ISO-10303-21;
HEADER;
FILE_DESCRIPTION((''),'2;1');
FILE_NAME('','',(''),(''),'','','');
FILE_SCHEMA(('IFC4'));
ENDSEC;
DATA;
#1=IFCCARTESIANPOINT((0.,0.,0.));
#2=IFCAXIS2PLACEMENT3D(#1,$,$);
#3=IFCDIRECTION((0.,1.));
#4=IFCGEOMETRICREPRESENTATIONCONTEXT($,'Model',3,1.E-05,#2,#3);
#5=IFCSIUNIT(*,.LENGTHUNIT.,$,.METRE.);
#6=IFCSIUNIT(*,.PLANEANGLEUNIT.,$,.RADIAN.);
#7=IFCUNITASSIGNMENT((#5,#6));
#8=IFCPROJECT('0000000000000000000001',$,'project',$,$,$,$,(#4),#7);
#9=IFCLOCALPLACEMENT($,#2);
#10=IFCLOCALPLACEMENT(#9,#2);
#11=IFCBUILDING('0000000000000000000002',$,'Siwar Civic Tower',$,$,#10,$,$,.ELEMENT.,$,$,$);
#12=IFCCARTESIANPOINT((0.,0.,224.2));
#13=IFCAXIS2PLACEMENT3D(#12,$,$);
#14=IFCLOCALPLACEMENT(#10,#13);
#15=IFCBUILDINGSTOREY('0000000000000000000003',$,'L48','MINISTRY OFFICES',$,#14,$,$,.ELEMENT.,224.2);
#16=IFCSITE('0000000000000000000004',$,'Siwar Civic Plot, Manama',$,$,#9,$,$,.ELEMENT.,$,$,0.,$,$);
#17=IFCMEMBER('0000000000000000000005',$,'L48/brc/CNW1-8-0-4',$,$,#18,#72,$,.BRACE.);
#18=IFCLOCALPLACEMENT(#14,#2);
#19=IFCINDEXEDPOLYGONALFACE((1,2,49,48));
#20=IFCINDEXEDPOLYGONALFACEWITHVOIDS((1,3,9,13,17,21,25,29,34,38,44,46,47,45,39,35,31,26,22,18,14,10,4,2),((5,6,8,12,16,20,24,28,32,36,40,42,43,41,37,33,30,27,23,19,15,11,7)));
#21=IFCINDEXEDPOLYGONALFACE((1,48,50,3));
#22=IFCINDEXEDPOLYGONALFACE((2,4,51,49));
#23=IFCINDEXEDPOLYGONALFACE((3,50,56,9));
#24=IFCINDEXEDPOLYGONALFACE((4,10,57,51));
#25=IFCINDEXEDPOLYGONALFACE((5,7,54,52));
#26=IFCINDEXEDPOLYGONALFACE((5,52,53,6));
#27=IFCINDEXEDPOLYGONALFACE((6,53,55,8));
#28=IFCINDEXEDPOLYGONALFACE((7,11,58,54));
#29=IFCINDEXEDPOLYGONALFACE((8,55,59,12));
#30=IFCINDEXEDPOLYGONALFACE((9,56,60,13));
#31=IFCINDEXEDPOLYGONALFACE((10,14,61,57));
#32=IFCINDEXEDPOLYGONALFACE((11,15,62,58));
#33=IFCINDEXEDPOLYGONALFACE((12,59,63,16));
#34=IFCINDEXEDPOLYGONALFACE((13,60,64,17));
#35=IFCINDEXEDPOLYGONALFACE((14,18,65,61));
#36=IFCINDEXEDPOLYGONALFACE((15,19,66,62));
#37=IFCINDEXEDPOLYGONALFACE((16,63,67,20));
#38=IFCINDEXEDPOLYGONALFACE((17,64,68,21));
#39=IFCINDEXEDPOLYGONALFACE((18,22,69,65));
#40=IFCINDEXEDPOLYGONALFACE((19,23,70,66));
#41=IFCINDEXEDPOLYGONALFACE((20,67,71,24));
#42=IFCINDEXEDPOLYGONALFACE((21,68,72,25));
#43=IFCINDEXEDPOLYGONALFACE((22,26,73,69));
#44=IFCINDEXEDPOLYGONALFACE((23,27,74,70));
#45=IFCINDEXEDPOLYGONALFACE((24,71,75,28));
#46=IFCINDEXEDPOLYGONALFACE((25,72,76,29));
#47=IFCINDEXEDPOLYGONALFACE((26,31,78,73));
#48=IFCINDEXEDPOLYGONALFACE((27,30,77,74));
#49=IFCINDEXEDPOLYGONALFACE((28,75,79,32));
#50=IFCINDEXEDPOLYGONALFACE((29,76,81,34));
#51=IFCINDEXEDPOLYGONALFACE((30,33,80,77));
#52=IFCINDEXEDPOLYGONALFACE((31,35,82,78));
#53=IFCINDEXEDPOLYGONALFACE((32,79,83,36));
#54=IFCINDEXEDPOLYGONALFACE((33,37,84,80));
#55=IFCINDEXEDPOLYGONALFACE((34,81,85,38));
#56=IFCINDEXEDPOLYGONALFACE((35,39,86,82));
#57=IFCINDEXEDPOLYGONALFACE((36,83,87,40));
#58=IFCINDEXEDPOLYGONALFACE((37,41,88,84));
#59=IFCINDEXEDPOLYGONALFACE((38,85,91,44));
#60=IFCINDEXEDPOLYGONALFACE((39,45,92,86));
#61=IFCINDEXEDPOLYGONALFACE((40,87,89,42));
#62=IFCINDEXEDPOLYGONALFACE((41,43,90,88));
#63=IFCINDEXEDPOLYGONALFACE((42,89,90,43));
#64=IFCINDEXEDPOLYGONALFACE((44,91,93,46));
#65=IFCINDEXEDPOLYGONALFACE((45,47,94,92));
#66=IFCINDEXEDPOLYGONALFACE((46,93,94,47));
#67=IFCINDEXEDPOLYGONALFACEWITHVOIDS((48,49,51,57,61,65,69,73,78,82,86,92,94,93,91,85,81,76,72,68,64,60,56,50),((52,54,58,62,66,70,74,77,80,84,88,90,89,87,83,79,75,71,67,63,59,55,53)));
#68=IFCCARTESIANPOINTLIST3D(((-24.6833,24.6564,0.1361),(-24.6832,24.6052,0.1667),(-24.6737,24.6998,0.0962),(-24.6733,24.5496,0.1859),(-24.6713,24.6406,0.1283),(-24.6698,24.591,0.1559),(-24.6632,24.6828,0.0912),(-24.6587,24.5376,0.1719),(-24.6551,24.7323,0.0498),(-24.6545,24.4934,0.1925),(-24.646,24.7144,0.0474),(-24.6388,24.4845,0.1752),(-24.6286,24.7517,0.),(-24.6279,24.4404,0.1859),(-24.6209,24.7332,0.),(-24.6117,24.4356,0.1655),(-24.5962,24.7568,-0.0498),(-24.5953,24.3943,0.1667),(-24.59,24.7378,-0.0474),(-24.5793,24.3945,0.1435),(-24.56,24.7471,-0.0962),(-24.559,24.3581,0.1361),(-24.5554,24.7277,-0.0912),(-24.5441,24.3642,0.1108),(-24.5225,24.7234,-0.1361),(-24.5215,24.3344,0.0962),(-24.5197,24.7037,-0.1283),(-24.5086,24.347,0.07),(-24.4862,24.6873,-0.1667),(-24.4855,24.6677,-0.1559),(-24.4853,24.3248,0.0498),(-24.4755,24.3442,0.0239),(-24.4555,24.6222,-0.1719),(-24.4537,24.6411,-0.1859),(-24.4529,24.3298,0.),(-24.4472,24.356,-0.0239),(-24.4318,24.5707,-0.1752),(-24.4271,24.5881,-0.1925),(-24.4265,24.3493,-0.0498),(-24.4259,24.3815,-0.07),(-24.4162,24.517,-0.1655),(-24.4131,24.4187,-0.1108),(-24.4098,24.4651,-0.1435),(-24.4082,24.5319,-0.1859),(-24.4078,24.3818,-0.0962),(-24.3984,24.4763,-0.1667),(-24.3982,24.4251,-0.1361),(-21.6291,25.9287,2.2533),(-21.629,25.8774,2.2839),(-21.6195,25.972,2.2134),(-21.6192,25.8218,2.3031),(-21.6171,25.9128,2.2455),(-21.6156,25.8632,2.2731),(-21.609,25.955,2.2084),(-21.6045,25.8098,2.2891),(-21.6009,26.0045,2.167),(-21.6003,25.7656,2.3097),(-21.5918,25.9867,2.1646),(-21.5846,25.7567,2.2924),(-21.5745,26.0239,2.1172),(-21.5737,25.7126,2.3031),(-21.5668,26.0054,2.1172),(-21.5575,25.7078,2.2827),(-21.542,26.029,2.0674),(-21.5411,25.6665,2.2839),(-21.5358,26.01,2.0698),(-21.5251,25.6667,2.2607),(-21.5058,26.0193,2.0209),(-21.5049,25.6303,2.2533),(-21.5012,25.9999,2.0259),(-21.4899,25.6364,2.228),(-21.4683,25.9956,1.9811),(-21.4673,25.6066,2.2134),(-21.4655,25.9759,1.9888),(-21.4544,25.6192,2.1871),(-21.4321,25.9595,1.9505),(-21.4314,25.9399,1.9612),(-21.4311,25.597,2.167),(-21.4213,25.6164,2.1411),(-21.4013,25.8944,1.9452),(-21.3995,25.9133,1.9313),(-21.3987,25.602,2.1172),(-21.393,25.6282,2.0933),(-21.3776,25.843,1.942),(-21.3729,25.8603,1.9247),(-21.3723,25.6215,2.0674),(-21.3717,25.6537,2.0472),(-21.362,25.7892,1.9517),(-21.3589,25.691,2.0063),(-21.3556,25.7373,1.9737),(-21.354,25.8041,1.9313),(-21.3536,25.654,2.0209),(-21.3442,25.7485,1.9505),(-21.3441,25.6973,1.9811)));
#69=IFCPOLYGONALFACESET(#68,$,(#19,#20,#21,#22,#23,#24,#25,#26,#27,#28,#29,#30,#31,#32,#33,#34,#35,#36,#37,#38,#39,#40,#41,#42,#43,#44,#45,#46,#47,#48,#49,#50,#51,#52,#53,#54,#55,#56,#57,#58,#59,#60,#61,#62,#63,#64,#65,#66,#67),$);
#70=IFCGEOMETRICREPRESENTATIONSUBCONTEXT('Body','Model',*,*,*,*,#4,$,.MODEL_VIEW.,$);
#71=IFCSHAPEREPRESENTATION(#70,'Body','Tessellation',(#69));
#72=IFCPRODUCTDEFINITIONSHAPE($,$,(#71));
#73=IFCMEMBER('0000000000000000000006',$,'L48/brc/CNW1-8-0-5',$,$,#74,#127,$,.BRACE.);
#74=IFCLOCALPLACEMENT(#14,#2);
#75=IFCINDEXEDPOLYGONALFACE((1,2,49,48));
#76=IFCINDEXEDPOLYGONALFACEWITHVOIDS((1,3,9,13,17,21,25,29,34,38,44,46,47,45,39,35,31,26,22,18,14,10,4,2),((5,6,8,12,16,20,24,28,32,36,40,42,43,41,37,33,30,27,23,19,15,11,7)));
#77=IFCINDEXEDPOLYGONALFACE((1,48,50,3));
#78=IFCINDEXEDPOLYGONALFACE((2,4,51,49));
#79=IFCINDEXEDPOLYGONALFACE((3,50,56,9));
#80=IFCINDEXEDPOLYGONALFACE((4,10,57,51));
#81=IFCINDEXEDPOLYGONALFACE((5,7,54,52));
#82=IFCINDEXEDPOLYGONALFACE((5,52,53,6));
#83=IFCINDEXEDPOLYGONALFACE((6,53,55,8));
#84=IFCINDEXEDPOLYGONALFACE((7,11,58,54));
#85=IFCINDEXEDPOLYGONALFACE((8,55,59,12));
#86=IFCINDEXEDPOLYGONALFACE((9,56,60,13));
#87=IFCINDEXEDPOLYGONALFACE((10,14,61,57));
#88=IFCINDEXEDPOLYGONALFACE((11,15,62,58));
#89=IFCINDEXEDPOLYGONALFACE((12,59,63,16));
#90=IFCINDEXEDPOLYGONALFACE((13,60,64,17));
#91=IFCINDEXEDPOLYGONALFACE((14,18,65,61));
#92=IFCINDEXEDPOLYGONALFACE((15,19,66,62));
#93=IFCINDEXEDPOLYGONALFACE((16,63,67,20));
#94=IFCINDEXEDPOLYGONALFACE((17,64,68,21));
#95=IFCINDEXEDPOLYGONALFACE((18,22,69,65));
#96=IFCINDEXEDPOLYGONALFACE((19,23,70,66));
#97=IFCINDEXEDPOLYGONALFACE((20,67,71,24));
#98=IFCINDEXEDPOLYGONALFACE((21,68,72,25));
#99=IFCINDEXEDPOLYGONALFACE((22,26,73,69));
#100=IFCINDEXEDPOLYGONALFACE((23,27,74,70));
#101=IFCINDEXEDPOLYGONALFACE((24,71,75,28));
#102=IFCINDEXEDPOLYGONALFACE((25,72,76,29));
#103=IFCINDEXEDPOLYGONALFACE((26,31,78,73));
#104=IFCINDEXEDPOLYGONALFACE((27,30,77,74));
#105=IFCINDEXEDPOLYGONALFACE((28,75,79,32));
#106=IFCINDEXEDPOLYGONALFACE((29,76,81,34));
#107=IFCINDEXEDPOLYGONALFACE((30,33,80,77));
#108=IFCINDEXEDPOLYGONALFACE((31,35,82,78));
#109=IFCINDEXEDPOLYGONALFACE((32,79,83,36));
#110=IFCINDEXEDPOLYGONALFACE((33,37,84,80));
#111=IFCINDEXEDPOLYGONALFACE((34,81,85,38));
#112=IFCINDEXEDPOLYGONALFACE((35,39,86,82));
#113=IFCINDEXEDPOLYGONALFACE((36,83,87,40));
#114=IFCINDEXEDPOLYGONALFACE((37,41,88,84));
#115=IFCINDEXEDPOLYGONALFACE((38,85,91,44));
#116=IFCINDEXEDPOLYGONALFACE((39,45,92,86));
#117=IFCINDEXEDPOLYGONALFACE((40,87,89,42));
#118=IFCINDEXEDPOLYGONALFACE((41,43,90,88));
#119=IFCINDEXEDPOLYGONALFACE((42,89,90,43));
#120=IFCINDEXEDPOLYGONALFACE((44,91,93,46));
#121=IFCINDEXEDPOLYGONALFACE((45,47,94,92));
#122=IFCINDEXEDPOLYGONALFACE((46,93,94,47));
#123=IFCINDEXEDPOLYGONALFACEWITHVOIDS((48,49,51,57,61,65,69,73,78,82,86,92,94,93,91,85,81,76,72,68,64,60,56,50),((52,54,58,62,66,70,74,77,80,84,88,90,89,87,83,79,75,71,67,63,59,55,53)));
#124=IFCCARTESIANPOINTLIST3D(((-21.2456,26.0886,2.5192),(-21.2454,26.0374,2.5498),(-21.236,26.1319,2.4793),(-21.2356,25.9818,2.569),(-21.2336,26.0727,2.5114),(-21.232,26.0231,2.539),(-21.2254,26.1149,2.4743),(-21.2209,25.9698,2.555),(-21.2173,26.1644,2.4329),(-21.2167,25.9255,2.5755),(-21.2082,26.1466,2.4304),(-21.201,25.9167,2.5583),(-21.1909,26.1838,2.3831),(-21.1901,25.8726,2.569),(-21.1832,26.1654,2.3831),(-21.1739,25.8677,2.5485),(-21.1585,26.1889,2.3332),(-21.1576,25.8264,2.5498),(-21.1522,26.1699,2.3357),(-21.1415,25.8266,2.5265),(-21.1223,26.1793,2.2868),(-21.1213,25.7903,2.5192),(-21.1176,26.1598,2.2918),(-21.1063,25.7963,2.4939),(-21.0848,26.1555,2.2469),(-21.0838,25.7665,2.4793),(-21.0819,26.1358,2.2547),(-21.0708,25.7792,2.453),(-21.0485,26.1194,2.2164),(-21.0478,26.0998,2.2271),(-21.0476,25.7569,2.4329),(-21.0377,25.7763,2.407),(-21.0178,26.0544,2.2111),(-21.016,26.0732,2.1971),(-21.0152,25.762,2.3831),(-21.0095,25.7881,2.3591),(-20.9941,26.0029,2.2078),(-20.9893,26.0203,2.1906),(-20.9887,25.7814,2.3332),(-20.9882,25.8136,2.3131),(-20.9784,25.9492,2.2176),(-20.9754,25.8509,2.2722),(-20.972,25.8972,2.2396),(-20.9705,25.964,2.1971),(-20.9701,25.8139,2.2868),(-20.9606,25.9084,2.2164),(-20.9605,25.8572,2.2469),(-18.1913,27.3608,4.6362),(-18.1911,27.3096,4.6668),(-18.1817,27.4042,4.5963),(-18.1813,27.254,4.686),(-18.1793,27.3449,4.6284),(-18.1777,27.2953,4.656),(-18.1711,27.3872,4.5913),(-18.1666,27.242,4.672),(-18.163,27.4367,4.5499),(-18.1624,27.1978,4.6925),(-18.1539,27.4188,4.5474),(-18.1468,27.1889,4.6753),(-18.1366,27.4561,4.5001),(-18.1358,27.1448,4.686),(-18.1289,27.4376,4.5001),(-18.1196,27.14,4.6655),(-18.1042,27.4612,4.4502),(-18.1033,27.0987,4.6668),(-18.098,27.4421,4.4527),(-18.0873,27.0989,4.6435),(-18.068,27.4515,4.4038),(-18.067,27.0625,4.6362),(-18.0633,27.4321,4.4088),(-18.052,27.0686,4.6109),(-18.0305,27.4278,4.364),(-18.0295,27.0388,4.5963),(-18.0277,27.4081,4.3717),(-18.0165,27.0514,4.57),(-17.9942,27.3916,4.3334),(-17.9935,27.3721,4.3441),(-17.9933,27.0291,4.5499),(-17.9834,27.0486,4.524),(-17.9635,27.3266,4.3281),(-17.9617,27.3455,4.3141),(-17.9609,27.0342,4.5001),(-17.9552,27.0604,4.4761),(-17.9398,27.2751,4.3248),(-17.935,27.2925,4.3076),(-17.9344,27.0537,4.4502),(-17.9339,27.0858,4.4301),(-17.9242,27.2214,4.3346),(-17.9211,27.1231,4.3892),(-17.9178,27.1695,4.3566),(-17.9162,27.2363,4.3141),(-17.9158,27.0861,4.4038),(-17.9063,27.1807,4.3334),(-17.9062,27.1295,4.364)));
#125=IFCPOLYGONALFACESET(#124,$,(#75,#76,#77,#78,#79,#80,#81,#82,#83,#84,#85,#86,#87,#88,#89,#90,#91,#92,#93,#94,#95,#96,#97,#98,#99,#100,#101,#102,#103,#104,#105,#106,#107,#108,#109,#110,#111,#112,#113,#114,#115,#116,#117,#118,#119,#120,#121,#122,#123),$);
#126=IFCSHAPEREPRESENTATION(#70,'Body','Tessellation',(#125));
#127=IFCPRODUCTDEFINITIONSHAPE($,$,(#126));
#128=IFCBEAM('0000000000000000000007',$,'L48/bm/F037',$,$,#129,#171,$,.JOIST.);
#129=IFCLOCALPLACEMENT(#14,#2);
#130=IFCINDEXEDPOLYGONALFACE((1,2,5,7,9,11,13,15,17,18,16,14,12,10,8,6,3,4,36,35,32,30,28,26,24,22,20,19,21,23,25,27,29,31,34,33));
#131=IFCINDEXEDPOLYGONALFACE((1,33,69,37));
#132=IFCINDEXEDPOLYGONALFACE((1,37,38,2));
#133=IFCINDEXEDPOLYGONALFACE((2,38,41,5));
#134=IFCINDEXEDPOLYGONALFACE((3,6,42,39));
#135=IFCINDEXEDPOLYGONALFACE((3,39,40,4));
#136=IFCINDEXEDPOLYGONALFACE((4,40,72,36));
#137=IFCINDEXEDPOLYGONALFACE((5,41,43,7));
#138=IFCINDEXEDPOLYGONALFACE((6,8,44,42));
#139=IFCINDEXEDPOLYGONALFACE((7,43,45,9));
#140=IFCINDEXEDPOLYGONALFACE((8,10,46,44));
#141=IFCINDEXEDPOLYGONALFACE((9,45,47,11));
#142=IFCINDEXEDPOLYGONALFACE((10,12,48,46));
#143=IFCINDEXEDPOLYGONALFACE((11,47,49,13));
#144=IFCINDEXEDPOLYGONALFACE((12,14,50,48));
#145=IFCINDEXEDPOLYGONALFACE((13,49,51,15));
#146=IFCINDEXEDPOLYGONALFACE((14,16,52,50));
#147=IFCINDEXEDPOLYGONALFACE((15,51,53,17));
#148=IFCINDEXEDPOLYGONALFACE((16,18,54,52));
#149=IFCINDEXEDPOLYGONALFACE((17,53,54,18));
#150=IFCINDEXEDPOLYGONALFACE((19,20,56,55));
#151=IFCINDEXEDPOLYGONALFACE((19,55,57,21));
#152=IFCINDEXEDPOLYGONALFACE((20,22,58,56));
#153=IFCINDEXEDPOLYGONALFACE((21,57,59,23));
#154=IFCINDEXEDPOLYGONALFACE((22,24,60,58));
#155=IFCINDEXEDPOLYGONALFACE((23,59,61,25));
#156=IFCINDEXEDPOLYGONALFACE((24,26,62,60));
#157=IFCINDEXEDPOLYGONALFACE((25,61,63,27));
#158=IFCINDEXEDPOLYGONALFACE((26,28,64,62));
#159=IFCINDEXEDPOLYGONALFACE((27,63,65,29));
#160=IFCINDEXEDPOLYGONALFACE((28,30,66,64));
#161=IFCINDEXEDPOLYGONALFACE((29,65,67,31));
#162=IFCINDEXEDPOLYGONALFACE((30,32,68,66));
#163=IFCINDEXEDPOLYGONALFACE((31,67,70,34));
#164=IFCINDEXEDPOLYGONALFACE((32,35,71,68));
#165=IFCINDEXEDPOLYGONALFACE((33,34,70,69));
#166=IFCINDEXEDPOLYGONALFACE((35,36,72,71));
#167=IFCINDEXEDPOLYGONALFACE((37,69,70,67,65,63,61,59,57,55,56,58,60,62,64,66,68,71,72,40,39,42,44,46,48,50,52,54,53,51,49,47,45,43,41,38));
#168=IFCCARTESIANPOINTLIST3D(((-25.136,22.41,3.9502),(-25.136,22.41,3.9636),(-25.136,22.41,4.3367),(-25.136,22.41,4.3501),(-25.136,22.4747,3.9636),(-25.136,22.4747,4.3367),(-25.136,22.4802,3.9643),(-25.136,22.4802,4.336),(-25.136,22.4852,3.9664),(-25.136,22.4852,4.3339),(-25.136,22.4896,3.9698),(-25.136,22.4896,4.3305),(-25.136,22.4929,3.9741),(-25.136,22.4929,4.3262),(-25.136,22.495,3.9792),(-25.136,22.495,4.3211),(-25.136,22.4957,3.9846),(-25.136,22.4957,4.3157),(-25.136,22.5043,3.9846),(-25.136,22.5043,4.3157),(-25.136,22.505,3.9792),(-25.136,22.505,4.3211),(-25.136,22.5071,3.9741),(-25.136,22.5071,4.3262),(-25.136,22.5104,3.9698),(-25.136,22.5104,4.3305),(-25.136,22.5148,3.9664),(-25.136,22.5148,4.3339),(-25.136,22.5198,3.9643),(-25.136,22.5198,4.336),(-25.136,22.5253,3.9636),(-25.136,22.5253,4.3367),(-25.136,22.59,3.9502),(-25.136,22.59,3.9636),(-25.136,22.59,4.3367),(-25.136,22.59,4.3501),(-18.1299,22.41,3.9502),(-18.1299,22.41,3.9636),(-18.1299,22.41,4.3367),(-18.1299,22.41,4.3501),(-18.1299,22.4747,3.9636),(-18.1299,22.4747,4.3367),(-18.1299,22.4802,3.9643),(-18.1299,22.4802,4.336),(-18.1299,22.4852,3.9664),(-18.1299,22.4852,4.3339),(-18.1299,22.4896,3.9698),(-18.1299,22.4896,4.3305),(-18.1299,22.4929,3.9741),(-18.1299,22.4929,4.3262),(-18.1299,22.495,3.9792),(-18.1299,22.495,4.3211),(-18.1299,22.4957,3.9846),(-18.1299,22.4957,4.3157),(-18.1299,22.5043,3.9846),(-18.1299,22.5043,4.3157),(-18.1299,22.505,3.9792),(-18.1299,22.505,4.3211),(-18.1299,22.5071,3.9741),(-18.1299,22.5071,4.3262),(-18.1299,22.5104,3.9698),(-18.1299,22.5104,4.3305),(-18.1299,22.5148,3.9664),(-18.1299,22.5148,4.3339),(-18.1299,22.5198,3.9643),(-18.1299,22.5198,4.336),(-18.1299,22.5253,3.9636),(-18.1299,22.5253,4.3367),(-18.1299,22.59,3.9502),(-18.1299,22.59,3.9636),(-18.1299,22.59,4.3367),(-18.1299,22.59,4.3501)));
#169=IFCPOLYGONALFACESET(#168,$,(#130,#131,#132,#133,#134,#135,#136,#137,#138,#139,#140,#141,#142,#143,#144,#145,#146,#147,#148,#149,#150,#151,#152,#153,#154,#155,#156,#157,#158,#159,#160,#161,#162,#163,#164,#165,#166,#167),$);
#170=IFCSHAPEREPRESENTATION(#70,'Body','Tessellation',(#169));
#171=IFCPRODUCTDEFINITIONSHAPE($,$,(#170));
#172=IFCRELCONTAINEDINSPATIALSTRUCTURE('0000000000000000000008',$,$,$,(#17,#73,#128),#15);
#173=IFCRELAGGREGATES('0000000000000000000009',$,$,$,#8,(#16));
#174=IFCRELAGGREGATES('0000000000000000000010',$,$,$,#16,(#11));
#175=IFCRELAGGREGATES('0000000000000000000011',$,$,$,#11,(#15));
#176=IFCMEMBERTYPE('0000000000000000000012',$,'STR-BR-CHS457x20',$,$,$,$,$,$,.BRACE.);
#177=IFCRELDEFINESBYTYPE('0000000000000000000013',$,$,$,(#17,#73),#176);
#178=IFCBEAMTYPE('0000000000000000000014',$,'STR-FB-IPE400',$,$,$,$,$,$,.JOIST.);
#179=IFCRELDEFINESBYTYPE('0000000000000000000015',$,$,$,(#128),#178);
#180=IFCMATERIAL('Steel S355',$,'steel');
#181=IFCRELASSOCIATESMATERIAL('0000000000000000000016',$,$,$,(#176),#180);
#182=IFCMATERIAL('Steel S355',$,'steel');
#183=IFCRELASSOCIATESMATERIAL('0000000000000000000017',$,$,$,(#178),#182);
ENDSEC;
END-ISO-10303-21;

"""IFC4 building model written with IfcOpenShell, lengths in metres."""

from ifc_helpers import new_model, si_unit, direction, frame, origin, origin_2d, place, context, subcontext, project, spatial, hollow_circle, i_section, extrude, material, material_profile, profile_set, type_object, element, save


model = new_model("IFC4")

# Units and contexts
model_context = context("Model", 3, precision=1e-05, world=origin(), true_north=direction((0.0, 1.0)))
body_context = subcontext(model_context, "Body", "Model", "MODEL_VIEW")
ifc_project = project(units=[si_unit("LENGTHUNIT", "METRE"), si_unit("PLANEANGLEUNIT", "RADIAN")], contexts=[model_context])

# Site, building, storey
site_placement = place(None, origin())
site = spatial("IfcSite", under=ifc_project, at=site_placement, Name="Siwar Civic Plot, Manama", CompositionType="ELEMENT", RefElevation=0.0)
building_placement = place(site_placement, origin())
building = spatial("IfcBuilding", under=site, at=building_placement, Name="Siwar Civic Tower", CompositionType="ELEMENT")
storey_placement = place(building_placement, frame((0.0, 0.0, 224.2)))
storey = spatial("IfcBuildingStorey", under=building, at=storey_placement, Name="L48", Description="MINISTRY OFFICES", CompositionType="ELEMENT", Elevation=224.2)

# Members
ifc_material_1 = material(Name="Steel S355", Category="steel")
ifc_material_profile_1 = material_profile(ifc_material_1, hollow_circle(Radius=0.2285, WallThickness=0.02, at=origin_2d()), Name="CHS457x20")
ifc_profile_set_1 = profile_set([ifc_material_profile_1], Name="Steel S355")
member_type_1 = type_object("IfcMemberType", Name="STR-BR-CHS457x20", PredefinedType="BRACE", material=ifc_profile_set_1)
for number, where, z_axis, x_axis, name in (
    (1, (-24.5408, 24.5408, 0.0), (0.777546, 0.323884, 0.538999), (-0.384521, 0.923116, 0.0), "L48/brc/CNW1-8-0-4"),
    (2, (-21.103, 25.9729, 2.3831), (0.777572, 0.323895, 0.538955), (-0.384521, 0.923116, 0.0), "L48/brc/CNW1-8-0-5"),
):
    element("IfcMember", number, at=place(storey_placement, frame(where, z_axis=z_axis, x_axis=x_axis)), inside=storey, type_object=member_type_1, Name=name, PredefinedType="BRACE", context=body_context, shape_type="SweptSolid", body=[
        extrude(hollow_circle(Radius=0.2285, WallThickness=0.02, at=origin_2d()), origin(), (0.0, 0.0, 1.0), 3.928),
    ])

# Beam
ifc_material_2 = material(Name="Steel S355", Category="steel")
ifc_material_profile_2 = material_profile(ifc_material_2, i_section(OverallWidth=0.1799, OverallDepth=0.3999, WebThickness=0.0085, FlangeThickness=0.0134, FilletRadius=0.021, at=origin_2d()), Name="IPE400")
ifc_profile_set_2 = profile_set([ifc_material_profile_2], Name="Steel S355")
beam_type_1 = type_object("IfcBeamType", Name="STR-FB-IPE400", PredefinedType="JOIST", material=ifc_profile_set_2)
beam_1_placement = place(storey_placement, frame((-25.136, 22.5, 4.1501), z_axis=(1.0, 0.0, 0.0), x_axis=(0.0, 1.0, 0.0)))
element("IfcBeam", 3, at=beam_1_placement, inside=storey, type_object=beam_type_1, Name="L48/bm/F037", PredefinedType="JOIST", context=body_context, shape_type="SweptSolid", body=[
    extrude(i_section(OverallWidth=0.1799, OverallDepth=0.3999, WebThickness=0.0085, FlangeThickness=0.0134, FilletRadius=0.021, at=origin_2d()), origin(), (0.0, 0.0, 1.0), 7.0061),
])

save(model, "model.ifc")
